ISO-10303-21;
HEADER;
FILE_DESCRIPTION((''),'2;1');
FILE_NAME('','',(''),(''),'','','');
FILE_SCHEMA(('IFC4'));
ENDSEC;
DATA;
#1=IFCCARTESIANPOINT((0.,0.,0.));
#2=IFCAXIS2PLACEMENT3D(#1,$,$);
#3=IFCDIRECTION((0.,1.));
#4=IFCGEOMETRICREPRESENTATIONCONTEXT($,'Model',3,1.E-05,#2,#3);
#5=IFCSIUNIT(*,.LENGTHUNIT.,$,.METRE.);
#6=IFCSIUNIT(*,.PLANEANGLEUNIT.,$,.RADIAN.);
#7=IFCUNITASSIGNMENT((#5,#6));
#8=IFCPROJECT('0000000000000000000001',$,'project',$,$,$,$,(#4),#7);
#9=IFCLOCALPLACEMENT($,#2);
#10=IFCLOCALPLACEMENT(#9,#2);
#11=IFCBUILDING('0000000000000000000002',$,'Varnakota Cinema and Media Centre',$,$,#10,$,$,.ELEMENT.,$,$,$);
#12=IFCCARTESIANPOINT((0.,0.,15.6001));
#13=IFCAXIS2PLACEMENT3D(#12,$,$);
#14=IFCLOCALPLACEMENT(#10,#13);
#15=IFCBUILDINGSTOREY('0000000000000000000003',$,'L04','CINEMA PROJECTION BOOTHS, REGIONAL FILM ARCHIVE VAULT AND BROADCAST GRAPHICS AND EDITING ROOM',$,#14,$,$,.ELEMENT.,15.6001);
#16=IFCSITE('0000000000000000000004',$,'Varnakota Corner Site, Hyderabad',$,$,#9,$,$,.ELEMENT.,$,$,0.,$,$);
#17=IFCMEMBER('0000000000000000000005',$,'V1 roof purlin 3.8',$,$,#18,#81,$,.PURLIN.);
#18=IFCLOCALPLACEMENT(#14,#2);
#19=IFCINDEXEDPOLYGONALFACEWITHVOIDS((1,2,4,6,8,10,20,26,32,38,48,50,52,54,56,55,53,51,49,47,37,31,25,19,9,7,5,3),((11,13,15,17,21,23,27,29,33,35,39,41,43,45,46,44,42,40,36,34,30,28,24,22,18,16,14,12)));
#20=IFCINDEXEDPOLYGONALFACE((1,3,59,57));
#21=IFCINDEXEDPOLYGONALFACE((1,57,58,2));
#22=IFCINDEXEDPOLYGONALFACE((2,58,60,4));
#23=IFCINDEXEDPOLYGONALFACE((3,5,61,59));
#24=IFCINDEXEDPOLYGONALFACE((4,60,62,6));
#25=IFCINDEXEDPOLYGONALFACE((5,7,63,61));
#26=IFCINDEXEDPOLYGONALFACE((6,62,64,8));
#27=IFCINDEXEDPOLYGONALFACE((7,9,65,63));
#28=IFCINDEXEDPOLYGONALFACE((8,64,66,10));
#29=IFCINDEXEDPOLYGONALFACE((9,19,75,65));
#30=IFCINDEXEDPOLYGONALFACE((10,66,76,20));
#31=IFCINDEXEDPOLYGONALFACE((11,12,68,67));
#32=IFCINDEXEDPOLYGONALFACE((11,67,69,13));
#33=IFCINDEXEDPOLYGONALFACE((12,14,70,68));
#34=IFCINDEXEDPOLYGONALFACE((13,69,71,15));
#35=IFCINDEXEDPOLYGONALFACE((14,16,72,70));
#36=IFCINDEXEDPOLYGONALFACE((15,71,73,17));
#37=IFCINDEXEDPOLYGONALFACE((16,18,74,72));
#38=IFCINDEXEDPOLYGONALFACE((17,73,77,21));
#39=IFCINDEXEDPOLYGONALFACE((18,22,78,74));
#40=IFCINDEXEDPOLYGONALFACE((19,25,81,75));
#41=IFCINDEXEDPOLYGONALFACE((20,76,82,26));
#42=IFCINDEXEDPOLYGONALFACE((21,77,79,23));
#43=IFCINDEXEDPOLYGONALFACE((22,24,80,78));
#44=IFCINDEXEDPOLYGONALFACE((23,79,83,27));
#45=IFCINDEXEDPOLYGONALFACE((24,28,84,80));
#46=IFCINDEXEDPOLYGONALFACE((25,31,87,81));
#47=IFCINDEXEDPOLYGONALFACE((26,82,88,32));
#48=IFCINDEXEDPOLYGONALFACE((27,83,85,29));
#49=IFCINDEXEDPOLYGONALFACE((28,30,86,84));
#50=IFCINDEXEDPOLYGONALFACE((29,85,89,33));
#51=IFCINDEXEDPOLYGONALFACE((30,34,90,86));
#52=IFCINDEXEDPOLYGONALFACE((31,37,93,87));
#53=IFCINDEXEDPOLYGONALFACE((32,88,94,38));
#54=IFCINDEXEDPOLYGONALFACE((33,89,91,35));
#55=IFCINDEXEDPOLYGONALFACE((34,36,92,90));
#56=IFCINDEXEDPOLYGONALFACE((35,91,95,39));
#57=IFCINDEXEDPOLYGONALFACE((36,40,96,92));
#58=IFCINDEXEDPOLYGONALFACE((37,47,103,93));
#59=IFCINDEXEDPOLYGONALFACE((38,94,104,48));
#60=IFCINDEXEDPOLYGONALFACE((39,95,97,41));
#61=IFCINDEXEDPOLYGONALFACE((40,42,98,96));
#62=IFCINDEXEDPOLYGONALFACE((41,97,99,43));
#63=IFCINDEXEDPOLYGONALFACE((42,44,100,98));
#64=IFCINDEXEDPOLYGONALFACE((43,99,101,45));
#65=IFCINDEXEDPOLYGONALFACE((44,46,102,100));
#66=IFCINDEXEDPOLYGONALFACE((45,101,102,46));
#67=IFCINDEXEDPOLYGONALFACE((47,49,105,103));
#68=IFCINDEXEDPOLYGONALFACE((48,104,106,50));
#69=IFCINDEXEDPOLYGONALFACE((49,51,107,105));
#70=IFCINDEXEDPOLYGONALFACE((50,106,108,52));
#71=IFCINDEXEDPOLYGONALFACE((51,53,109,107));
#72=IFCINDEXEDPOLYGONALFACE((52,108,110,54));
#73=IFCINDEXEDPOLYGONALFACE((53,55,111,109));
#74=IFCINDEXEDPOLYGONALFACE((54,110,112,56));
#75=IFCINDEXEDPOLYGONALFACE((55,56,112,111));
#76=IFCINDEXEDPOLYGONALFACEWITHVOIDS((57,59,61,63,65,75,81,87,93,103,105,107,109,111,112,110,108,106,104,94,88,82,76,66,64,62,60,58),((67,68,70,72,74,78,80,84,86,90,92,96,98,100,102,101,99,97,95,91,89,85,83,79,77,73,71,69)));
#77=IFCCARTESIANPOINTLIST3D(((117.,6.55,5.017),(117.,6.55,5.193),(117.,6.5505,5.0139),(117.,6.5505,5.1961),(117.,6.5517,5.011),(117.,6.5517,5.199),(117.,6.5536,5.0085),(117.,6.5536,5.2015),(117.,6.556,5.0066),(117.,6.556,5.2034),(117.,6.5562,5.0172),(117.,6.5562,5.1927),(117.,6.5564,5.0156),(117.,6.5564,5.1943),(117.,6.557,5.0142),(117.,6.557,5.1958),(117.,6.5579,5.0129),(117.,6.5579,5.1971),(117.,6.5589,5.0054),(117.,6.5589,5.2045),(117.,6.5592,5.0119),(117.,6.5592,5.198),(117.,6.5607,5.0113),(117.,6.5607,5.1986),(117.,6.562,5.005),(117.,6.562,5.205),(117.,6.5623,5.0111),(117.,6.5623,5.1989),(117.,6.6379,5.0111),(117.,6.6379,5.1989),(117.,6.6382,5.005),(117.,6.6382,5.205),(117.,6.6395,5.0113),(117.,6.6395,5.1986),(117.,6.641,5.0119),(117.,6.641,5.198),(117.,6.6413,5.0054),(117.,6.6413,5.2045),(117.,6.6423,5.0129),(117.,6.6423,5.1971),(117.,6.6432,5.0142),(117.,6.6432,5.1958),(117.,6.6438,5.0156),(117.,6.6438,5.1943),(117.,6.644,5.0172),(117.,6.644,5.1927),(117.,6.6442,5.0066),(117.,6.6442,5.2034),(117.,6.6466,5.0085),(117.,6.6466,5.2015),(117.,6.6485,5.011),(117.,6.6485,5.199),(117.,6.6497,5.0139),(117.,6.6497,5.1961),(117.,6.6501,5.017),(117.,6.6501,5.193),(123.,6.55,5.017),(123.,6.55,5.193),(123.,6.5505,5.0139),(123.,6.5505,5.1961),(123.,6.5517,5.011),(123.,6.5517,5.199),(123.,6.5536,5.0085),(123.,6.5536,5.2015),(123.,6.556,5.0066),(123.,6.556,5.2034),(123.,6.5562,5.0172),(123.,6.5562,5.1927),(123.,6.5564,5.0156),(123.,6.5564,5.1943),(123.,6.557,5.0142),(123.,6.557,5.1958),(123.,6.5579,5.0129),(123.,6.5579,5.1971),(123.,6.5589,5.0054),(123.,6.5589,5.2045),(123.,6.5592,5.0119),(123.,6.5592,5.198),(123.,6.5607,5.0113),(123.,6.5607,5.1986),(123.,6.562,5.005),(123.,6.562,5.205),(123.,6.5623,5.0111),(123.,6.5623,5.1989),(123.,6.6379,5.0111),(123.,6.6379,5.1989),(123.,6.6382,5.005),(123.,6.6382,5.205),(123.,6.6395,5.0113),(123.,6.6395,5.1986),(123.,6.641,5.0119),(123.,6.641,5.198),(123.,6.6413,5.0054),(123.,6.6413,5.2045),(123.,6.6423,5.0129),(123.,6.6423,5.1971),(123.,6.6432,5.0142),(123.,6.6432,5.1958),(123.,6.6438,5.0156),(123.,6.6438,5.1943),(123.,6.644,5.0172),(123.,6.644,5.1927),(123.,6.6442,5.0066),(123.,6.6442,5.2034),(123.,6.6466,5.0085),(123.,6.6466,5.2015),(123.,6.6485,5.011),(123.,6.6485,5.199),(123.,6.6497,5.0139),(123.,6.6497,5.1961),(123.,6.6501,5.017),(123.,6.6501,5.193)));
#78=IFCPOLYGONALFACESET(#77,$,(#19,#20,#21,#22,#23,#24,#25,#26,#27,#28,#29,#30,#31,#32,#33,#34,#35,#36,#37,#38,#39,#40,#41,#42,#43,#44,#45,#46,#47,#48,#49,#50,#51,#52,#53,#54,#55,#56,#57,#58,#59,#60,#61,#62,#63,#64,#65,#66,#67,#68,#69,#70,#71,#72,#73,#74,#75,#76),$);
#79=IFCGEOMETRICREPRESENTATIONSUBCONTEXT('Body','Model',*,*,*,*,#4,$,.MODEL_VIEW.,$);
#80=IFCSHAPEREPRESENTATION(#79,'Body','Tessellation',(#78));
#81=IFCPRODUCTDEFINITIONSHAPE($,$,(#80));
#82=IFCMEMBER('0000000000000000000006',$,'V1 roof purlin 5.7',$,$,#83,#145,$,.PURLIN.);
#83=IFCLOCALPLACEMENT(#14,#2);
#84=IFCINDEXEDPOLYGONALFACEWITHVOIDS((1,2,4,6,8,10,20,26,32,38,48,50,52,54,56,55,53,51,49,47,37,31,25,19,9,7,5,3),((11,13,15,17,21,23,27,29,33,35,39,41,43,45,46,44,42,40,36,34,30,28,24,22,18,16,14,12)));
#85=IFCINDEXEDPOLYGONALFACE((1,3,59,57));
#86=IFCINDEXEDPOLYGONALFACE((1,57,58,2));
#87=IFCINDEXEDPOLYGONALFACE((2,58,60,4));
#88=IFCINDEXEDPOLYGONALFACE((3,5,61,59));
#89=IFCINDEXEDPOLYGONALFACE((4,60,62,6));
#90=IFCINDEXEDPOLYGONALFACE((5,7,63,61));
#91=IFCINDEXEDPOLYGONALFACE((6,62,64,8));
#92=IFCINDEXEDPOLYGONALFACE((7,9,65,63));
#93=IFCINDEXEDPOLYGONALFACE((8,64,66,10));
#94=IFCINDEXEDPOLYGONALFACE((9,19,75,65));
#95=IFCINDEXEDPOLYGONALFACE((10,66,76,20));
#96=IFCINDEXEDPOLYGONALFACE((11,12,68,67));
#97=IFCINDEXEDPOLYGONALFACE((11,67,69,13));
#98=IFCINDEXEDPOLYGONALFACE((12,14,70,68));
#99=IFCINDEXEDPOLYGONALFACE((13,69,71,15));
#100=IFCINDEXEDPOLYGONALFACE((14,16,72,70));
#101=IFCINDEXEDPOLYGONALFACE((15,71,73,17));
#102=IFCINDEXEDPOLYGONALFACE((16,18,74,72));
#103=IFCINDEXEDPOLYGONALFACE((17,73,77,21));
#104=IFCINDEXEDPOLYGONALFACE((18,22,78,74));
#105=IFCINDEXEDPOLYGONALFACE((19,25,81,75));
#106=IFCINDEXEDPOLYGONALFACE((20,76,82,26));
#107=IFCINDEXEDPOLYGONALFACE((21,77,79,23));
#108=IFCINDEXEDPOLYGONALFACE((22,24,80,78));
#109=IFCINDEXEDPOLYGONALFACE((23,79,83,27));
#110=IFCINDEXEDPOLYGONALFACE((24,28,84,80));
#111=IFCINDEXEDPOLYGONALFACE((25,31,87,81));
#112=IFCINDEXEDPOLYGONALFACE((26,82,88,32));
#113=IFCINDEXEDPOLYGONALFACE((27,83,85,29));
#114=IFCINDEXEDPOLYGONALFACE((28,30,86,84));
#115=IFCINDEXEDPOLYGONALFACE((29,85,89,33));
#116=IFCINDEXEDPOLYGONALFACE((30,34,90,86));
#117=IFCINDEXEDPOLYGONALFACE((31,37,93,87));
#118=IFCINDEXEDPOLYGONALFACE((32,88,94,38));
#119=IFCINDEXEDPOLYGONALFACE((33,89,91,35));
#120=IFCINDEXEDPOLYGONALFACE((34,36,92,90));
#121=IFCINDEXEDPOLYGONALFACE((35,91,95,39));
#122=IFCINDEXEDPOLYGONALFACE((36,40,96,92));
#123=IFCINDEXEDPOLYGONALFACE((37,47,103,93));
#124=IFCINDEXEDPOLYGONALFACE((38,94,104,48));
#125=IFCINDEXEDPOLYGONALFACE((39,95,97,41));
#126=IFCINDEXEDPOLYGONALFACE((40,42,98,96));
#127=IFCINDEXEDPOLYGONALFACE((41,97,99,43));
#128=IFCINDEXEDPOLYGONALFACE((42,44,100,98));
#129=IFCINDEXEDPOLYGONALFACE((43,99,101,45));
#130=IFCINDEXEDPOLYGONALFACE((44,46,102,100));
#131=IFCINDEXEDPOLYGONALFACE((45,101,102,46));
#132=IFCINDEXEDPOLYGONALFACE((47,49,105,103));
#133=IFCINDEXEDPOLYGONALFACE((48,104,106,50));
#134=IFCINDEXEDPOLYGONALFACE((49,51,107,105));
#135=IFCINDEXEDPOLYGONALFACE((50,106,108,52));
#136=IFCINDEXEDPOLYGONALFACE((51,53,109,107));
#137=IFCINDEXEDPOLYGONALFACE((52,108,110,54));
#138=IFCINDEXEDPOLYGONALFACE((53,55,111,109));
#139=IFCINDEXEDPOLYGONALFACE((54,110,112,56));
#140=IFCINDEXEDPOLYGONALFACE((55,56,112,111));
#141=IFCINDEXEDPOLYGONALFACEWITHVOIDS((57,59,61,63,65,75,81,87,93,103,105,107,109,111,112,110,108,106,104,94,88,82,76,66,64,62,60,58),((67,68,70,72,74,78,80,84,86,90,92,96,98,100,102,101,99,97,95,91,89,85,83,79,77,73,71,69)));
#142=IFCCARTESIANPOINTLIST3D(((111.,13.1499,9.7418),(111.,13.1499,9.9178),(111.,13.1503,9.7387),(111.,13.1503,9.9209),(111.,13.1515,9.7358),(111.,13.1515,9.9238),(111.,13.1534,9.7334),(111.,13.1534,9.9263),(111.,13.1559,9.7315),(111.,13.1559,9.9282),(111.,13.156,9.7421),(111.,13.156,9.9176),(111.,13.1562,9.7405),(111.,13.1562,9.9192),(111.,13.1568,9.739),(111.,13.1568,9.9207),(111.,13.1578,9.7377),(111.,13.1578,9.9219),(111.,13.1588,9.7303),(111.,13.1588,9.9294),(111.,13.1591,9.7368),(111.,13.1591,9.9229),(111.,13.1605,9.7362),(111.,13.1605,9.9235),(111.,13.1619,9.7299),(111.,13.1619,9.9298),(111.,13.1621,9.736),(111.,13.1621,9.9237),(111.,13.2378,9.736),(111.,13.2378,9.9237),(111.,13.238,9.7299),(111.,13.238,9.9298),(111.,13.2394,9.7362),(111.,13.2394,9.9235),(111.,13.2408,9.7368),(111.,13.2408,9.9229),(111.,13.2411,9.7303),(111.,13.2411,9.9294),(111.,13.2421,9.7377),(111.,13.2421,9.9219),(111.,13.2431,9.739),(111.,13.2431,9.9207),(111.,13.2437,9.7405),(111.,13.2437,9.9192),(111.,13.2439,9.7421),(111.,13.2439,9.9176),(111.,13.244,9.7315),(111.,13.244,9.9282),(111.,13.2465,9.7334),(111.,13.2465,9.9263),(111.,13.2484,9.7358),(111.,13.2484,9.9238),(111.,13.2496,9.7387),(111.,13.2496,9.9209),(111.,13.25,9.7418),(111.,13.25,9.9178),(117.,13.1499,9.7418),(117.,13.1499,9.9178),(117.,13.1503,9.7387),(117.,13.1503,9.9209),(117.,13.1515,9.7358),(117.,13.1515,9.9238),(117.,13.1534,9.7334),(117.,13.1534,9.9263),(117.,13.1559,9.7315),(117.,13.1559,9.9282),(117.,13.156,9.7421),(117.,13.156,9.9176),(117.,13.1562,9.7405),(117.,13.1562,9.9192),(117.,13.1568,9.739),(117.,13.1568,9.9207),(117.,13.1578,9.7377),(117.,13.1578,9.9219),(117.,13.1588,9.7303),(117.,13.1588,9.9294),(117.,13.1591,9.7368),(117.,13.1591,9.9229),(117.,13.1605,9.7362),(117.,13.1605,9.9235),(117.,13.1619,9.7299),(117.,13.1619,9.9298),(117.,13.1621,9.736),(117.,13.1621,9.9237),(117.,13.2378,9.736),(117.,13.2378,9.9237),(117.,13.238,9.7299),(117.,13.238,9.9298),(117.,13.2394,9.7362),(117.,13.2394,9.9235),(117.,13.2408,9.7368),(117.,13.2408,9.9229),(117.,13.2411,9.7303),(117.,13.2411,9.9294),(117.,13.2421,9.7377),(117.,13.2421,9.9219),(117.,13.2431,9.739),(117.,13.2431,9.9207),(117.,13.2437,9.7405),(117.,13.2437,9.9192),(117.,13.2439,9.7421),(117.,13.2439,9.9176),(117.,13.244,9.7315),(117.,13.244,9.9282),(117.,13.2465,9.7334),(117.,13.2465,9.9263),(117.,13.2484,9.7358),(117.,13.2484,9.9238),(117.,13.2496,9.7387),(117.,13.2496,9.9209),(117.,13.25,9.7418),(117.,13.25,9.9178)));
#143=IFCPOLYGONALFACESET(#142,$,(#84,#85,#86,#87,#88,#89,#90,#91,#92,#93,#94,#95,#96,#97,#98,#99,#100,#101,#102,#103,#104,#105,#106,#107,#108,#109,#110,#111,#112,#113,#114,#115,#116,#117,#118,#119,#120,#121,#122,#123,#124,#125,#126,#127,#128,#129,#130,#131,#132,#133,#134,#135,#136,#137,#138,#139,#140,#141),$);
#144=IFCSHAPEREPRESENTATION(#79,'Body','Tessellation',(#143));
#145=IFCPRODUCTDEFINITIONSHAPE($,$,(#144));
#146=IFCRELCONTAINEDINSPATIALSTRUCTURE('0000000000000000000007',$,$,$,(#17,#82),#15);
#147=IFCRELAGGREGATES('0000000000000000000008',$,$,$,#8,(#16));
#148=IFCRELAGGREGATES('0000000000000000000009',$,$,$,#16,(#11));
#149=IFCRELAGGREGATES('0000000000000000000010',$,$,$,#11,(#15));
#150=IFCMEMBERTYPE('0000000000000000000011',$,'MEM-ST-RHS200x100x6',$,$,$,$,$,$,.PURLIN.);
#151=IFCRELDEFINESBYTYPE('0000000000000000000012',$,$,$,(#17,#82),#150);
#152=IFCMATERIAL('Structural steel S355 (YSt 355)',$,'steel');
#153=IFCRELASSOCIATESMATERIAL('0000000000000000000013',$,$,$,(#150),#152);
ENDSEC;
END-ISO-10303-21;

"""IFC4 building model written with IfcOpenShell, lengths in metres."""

from ifc_helpers import new_model, si_unit, direction, frame, origin, origin_2d, place, context, subcontext, project, spatial, hollow_rectangle, extrude, material, material_profile, profile_set, type_object, element, save


model = new_model("IFC4")

# Units and contexts
model_context = context("Model", 3, precision=1e-05, world=origin(), true_north=direction((0.0, 1.0)))
body_context = subcontext(model_context, "Body", "Model", "MODEL_VIEW")
ifc_project = project(units=[si_unit("LENGTHUNIT", "METRE"), si_unit("PLANEANGLEUNIT", "RADIAN")], contexts=[model_context])

# Site, building, storey
site_placement = place(None, origin())
site = spatial("IfcSite", under=ifc_project, at=site_placement, Name="Varnakota Corner Site, Hyderabad", CompositionType="ELEMENT", RefElevation=0.0)
building_placement = place(site_placement, origin())
building = spatial("IfcBuilding", under=site, at=building_placement, Name="Varnakota Cinema and Media Centre", CompositionType="ELEMENT")
storey_placement = place(building_placement, frame((0.0, 0.0, 15.6001)))
storey = spatial("IfcBuildingStorey", under=building, at=storey_placement, Name="L04", Description="CINEMA PROJECTION BOOTHS, REGIONAL FILM ARCHIVE VAULT AND BROADCAST GRAPHICS AND EDITING ROOM", CompositionType="ELEMENT", Elevation=15.6001)

# Members
ifc_material_1 = material(Name="Structural steel S355 (YSt 355)", Category="steel")
ifc_material_profile_1 = material_profile(ifc_material_1, hollow_rectangle(XDim=0.1001, YDim=0.2, WallThickness=0.0061, InnerFilletRadius=0.0061, OuterFilletRadius=0.012, at=origin_2d()), Name="RHS 200x100x6")
ifc_profile_set_1 = profile_set([ifc_material_profile_1], Name="Structural steel S355 (YSt 355)")
member_type_1 = type_object("IfcMemberType", Name="MEM-ST-RHS200x100x6", PredefinedType="PURLIN", material=ifc_profile_set_1)
for number, where, z_axis, x_axis, name in (
    (1, (117.0, 6.6001, 5.105), (1.0, 0.0, 0.0), (0.0, 1.0, 0.0), "V1 roof purlin 3.8"),
    (2, (111.0, 13.2, 9.8298), (1.0, 0.0, 0.0), (0.0, 1.0, 0.0), "V1 roof purlin 5.7"),
):
    element("IfcMember", number, at=place(storey_placement, frame(where, z_axis=z_axis, x_axis=x_axis)), inside=storey, type_object=member_type_1, Name=name, PredefinedType="PURLIN", context=body_context, shape_type="SweptSolid", body=[
        extrude(hollow_rectangle(XDim=0.1001, YDim=0.2, WallThickness=0.0061, InnerFilletRadius=0.0061, OuterFilletRadius=0.012, at=origin_2d()), origin(), (0.0, 0.0, 1.0), 6.0),
    ])

save(model, "model.ifc")
